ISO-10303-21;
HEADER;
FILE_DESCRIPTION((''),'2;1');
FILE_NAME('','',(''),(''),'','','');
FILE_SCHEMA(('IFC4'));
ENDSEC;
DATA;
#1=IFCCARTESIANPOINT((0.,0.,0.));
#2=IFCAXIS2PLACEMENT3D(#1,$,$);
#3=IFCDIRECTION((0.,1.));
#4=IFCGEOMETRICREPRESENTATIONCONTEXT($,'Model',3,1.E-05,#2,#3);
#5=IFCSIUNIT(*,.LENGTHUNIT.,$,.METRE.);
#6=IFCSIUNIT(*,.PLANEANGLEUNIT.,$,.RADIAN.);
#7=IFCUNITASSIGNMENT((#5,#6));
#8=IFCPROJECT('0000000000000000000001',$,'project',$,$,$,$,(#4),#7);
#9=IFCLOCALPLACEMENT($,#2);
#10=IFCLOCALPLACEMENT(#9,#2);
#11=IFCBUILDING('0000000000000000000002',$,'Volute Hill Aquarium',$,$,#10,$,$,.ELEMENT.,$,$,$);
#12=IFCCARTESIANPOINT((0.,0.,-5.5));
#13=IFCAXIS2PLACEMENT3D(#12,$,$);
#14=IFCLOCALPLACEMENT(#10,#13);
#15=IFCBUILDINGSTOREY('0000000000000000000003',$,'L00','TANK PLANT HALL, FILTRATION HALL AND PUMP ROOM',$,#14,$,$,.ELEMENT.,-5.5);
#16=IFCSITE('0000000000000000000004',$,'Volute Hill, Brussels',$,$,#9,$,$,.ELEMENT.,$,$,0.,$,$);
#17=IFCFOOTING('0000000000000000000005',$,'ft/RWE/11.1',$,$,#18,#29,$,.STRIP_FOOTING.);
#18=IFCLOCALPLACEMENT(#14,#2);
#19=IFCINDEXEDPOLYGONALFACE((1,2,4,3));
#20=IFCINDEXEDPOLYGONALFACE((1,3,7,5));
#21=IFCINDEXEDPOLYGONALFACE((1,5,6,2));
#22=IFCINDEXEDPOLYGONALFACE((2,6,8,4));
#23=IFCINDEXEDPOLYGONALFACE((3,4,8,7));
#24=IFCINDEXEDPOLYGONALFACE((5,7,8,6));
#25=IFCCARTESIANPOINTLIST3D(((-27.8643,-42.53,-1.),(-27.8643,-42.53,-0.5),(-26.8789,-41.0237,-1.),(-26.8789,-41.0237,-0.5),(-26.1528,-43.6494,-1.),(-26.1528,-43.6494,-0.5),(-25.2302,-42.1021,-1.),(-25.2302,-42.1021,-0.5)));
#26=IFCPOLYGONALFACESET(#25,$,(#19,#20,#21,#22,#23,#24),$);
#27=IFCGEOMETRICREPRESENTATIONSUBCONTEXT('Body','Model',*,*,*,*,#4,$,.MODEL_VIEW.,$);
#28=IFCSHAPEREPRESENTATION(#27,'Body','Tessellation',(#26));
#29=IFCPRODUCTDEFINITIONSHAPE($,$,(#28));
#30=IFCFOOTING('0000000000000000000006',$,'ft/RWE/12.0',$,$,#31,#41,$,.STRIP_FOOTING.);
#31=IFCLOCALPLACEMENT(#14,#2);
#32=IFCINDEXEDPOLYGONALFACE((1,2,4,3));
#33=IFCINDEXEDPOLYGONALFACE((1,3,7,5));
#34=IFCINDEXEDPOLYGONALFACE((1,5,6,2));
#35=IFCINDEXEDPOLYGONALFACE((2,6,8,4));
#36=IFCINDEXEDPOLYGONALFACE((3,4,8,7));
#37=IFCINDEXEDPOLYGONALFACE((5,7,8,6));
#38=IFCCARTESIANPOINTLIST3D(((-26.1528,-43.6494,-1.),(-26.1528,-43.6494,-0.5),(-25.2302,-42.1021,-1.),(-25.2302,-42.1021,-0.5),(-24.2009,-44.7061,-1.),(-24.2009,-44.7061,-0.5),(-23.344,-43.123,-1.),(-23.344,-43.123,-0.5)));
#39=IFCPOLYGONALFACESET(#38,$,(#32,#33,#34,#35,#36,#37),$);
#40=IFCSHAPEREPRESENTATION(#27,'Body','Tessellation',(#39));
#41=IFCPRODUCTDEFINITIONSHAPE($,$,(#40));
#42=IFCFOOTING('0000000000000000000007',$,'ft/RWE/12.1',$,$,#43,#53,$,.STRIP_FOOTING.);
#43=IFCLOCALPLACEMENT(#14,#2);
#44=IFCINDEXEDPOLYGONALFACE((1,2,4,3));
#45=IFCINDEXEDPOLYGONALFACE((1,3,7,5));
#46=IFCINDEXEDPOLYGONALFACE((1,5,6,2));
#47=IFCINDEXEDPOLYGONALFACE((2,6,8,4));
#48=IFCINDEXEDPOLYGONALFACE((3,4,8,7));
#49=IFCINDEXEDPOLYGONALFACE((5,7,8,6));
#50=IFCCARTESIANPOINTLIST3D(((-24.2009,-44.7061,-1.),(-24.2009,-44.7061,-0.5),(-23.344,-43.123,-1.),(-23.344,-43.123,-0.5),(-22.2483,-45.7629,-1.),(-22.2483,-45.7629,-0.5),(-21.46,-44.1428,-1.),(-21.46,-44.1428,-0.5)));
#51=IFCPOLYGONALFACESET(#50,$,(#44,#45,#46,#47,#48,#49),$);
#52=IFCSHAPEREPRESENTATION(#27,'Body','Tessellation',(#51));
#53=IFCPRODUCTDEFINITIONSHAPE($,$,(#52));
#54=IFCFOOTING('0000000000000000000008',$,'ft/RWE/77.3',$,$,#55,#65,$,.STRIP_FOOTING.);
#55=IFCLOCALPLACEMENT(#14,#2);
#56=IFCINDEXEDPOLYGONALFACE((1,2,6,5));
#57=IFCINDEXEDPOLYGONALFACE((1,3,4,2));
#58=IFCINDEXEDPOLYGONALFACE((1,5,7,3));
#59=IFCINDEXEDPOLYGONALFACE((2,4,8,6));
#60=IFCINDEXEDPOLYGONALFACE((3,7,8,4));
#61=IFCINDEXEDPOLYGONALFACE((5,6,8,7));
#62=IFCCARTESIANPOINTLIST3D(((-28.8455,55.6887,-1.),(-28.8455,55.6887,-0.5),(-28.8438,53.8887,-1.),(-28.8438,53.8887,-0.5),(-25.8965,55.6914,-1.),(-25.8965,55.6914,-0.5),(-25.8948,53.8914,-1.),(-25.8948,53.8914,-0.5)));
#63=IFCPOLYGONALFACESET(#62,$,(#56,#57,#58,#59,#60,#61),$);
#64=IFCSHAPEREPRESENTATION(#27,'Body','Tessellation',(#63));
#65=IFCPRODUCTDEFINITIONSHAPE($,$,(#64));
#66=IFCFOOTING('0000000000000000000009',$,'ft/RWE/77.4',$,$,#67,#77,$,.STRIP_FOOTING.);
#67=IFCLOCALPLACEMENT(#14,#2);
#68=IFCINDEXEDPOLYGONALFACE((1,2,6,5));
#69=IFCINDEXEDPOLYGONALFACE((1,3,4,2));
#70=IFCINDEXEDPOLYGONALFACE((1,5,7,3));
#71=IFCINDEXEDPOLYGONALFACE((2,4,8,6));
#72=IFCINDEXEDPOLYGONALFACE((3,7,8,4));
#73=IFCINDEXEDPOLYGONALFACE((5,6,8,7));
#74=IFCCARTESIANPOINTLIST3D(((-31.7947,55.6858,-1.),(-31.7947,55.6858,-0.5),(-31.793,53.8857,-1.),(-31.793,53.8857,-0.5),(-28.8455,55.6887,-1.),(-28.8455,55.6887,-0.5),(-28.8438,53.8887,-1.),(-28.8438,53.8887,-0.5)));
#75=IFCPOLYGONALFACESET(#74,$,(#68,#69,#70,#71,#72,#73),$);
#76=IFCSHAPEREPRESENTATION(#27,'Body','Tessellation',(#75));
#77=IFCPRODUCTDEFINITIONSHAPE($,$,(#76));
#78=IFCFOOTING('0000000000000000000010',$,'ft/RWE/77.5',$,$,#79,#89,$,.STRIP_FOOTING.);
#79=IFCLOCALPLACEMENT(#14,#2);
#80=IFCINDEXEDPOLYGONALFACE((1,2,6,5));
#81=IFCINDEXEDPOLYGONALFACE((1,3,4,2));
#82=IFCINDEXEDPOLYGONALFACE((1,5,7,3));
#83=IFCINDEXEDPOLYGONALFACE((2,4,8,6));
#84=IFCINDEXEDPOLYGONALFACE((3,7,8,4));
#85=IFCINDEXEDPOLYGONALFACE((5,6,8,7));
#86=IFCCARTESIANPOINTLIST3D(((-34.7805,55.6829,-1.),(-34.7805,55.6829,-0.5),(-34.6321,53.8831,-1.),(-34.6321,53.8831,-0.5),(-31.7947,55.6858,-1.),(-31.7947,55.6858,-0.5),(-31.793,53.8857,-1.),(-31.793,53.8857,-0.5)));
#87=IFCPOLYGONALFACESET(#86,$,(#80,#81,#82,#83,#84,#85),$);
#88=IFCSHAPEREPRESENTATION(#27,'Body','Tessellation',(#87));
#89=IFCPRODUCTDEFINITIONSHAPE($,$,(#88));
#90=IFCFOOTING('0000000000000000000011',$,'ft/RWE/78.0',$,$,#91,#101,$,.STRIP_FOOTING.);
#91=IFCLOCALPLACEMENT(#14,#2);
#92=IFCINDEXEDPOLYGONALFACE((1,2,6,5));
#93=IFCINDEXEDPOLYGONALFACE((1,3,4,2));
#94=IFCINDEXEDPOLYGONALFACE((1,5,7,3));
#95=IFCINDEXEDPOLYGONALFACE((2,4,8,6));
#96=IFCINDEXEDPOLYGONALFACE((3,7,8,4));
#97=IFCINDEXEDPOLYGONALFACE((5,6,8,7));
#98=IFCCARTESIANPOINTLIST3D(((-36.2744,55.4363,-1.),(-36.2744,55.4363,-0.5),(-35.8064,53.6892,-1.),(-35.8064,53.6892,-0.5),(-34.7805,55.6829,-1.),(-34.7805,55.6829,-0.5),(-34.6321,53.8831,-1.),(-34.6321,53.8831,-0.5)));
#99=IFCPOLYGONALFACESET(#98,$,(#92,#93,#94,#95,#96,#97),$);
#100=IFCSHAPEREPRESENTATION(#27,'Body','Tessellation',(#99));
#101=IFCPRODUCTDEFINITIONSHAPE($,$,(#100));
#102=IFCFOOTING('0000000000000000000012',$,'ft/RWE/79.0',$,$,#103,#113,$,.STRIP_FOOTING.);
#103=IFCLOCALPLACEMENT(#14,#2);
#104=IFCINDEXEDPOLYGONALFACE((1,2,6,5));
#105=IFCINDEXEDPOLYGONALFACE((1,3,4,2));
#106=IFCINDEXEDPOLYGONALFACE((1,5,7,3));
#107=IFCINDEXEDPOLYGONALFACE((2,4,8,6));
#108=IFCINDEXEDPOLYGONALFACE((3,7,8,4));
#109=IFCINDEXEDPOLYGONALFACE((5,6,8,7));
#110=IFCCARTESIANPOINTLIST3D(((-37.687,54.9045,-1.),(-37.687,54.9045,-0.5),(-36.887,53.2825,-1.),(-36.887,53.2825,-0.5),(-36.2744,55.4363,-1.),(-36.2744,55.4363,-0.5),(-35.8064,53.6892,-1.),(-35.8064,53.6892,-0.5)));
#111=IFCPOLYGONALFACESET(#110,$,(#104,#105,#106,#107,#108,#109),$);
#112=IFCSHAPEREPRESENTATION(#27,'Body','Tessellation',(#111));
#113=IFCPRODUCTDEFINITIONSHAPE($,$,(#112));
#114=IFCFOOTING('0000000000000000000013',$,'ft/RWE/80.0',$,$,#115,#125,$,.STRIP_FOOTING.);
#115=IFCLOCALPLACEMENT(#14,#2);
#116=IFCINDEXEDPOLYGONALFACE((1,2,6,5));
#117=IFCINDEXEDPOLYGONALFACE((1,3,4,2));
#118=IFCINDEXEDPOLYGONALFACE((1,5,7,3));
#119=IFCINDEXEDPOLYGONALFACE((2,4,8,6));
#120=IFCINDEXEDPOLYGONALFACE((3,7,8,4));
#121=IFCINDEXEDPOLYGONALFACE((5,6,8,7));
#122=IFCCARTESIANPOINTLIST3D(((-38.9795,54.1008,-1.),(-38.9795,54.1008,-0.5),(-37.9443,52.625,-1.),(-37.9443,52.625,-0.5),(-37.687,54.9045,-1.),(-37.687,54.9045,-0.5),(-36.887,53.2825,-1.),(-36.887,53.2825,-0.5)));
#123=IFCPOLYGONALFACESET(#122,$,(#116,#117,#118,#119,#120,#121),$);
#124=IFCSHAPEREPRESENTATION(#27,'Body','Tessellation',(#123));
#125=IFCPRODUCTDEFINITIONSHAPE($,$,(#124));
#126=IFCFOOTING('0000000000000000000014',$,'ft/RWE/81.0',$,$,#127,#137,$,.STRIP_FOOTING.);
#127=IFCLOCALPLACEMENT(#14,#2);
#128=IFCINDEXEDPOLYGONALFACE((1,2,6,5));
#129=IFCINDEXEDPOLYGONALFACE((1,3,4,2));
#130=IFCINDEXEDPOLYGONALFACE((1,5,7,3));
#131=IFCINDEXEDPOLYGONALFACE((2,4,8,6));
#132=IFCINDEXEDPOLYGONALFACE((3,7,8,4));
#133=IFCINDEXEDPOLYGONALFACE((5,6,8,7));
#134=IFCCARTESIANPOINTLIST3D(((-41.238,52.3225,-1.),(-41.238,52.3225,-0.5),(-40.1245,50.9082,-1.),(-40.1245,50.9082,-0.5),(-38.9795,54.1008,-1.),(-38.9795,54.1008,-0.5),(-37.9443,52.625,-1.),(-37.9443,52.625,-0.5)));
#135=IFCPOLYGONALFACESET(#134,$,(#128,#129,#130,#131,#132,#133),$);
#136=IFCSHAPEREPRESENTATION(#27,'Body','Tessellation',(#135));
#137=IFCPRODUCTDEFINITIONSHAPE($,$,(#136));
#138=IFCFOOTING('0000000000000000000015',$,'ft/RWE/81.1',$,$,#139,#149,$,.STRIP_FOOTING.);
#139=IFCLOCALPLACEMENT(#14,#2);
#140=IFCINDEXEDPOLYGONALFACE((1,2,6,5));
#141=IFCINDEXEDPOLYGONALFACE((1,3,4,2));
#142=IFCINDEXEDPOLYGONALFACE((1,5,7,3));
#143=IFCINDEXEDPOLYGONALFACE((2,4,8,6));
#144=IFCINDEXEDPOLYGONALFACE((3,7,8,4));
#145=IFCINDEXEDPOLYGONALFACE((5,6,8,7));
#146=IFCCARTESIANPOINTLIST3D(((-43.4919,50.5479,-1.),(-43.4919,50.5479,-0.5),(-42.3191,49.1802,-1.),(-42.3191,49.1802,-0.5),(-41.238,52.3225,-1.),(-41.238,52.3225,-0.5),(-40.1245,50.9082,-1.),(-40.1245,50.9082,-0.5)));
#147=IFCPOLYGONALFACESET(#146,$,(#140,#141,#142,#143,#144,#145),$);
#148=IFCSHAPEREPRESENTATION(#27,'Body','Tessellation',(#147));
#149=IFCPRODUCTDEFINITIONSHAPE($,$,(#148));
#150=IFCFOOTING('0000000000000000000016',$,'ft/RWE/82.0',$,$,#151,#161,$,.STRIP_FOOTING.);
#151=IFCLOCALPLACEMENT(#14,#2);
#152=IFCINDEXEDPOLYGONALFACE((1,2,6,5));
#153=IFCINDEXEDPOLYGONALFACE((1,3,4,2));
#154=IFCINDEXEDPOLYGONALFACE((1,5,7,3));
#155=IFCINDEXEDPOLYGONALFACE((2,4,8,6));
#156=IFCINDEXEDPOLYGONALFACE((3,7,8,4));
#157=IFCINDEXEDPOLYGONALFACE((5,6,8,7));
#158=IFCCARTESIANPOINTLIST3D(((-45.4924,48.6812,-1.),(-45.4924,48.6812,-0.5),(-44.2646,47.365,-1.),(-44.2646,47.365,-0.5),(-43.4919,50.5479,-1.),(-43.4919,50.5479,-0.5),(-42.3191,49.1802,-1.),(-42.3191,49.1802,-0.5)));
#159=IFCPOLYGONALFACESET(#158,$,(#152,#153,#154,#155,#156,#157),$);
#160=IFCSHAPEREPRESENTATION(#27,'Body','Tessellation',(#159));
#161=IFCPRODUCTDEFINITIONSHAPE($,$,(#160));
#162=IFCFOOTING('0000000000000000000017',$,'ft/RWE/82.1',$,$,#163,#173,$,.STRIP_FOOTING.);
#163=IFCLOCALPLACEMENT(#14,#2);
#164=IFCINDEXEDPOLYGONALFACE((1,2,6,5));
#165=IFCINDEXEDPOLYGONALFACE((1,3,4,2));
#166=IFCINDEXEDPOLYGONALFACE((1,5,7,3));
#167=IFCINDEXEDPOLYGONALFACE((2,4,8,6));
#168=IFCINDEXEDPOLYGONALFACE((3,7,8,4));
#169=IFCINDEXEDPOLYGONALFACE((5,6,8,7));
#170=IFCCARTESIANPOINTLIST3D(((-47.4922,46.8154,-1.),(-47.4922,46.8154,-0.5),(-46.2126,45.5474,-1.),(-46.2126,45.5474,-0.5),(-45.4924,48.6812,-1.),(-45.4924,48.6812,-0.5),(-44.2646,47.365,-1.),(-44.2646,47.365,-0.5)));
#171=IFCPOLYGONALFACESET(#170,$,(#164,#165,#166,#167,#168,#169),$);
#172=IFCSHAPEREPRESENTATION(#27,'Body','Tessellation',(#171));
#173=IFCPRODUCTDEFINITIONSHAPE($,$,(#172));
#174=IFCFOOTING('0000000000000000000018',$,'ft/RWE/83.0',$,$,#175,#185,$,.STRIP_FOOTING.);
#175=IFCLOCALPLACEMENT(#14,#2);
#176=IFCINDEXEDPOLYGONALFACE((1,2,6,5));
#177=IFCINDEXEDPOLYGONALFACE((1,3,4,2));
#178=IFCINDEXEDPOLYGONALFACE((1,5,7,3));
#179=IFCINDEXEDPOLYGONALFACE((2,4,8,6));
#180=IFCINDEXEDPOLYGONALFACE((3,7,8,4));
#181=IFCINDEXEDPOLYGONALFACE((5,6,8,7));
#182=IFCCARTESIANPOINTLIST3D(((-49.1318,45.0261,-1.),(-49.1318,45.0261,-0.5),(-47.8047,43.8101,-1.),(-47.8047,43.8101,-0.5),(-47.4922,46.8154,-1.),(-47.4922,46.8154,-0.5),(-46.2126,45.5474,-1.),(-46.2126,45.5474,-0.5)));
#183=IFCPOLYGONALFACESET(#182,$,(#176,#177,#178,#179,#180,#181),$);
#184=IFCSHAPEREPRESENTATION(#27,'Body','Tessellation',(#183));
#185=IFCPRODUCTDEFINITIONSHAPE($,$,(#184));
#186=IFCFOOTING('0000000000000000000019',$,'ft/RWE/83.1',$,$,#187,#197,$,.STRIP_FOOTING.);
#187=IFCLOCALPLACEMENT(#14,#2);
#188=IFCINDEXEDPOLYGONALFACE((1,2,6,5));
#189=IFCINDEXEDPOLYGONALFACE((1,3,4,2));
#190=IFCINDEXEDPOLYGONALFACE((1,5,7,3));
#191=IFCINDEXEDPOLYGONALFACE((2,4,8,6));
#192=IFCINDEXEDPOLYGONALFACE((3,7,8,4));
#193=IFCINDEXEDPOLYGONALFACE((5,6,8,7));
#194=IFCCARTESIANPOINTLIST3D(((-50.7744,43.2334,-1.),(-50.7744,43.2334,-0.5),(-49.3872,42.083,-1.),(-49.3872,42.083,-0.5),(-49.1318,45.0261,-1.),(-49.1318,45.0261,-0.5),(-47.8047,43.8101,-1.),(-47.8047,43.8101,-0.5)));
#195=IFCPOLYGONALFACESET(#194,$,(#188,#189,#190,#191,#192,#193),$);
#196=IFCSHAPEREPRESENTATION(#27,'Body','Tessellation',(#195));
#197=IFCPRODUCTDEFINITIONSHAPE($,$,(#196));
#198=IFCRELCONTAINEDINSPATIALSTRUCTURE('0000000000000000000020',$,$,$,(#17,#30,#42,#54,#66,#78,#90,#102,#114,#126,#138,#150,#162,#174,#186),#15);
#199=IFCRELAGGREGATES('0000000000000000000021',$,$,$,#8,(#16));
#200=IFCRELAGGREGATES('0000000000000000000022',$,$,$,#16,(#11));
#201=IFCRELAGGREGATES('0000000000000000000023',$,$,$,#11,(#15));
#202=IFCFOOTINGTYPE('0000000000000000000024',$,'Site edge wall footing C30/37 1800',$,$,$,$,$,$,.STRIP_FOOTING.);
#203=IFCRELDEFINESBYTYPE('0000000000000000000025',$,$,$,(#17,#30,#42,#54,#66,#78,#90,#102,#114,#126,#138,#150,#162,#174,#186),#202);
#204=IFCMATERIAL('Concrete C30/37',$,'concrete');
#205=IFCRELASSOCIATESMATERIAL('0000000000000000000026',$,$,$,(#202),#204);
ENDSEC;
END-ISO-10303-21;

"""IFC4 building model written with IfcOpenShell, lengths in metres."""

from ifc_helpers import new_model, si_unit, direction, frame, origin, place, context, subcontext, project, spatial, polyline, outline, extrude, material, type_object, element, save


model = new_model("IFC4")

# Units and contexts
model_context = context("Model", 3, precision=1e-05, world=origin(), true_north=direction((0.0, 1.0)))
body_context = subcontext(model_context, "Body", "Model", "MODEL_VIEW")
ifc_project = project(units=[si_unit("LENGTHUNIT", "METRE"), si_unit("PLANEANGLEUNIT", "RADIAN")], contexts=[model_context])

# Site, building, storey
site_placement = place(None, origin())
site = spatial("IfcSite", under=ifc_project, at=site_placement, Name="Volute Hill, Brussels", CompositionType="ELEMENT", RefElevation=0.0)
building_placement = place(site_placement, origin())
building = spatial("IfcBuilding", under=site, at=building_placement, Name="Volute Hill Aquarium", CompositionType="ELEMENT")
storey_placement = place(building_placement, frame((0.0, 0.0, -5.5)))
storey = spatial("IfcBuildingStorey", under=building, at=storey_placement, Name="L00", Description="TANK PLANT HALL, FILTRATION HALL AND PUMP ROOM", CompositionType="ELEMENT", Elevation=-5.5)

# Footings
ifc_material = material(Name="Concrete C30/37", Category="concrete")
footing_type = type_object("IfcFootingType", Name="Site edge wall footing C30/37 1800", PredefinedType="STRIP_FOOTING", material=ifc_material)
footing_1_placement = place(storey_placement, frame((0.0, 0.0, -1.0)))
element("IfcFooting", 1, at=footing_1_placement, inside=storey, type_object=footing_type, Name="ft/RWE/11.1", PredefinedType="STRIP_FOOTING", context=body_context, shape_type="SweptSolid", body=[
    extrude(outline(polyline([(-26.1528, -43.6494), (-26.1528, -43.6494), (-25.2302, -42.1021), (-26.8789, -41.0237), (-27.8643, -42.53), (-26.1528, -43.6494)])), origin(), (0.0, 0.0, 1.0), 0.5),
])
footing_2_placement = place(storey_placement, frame((0.0, 0.0, -1.0)))
element("IfcFooting", 2, at=footing_2_placement, inside=storey, type_object=footing_type, Name="ft/RWE/12.0", PredefinedType="STRIP_FOOTING", context=body_context, shape_type="SweptSolid", body=[
    extrude(outline(polyline([(-26.1528, -43.6494), (-24.2009, -44.7061), (-23.344, -43.123), (-25.2302, -42.1021), (-25.2302, -42.1021), (-26.1528, -43.6494)])), origin(), (0.0, 0.0, 1.0), 0.5),
])
footing_3_placement = place(storey_placement, frame((0.0, 0.0, -1.0)))
element("IfcFooting", 3, at=footing_3_placement, inside=storey, type_object=footing_type, Name="ft/RWE/12.1", PredefinedType="STRIP_FOOTING", context=body_context, shape_type="SweptSolid", body=[
    extrude(outline(polyline([(-22.2483, -45.7629), (-22.2483, -45.7629), (-21.46, -44.1428), (-21.46, -44.1428), (-23.344, -43.123), (-24.2009, -44.7061), (-22.2483, -45.7629)])), origin(), (0.0, 0.0, 1.0), 0.5),
])
footing_4_placement = place(storey_placement, frame((0.0, 0.0, -1.0)))
element("IfcFooting", 4, at=footing_4_placement, inside=storey, type_object=footing_type, Name="ft/RWE/77.3", PredefinedType="STRIP_FOOTING", context=body_context, shape_type="SweptSolid", body=[
    extrude(outline(polyline([(-25.8965, 55.6914), (-28.8455, 55.6887), (-28.8438, 53.8887), (-25.8948, 53.8914), (-25.8965, 55.6914)])), origin(), (0.0, 0.0, 1.0), 0.5),
])
footing_5_placement = place(storey_placement, frame((0.0, 0.0, -1.0)))
element("IfcFooting", 5, at=footing_5_placement, inside=storey, type_object=footing_type, Name="ft/RWE/77.4", PredefinedType="STRIP_FOOTING", context=body_context, shape_type="SweptSolid", body=[
    extrude(outline(polyline([(-28.8455, 55.6887), (-31.7947, 55.6858), (-31.793, 53.8857), (-28.8438, 53.8887), (-28.8455, 55.6887)])), origin(), (0.0, 0.0, 1.0), 0.5),
])
footing_6_placement = place(storey_placement, frame((0.0, 0.0, -1.0)))
element("IfcFooting", 6, at=footing_6_placement, inside=storey, type_object=footing_type, Name="ft/RWE/77.5", PredefinedType="STRIP_FOOTING", context=body_context, shape_type="SweptSolid", body=[
    extrude(outline(polyline([(-34.7805, 55.6829), (-34.7805, 55.6829), (-34.6321, 53.8831), (-31.793, 53.8857), (-31.7947, 55.6858), (-34.7805, 55.6829)])), origin(), (0.0, 0.0, 1.0), 0.5),
])
footing_7_placement = place(storey_placement, frame((0.0, 0.0, -1.0)))
element("IfcFooting", 7, at=footing_7_placement, inside=storey, type_object=footing_type, Name="ft/RWE/78.0", PredefinedType="STRIP_FOOTING", context=body_context, shape_type="SweptSolid", body=[
    extrude(outline(polyline([(-34.7805, 55.6829), (-36.2744, 55.4363), (-35.8064, 53.6892), (-35.8064, 53.6892), (-34.6321, 53.8831), (-34.6321, 53.8831), (-34.7805, 55.6829)])), origin(), (0.0, 0.0, 1.0), 0.5),
])
footing_8_placement = place(storey_placement, frame((0.0, 0.0, -1.0)))
element("IfcFooting", 8, at=footing_8_placement, inside=storey, type_object=footing_type, Name="ft/RWE/79.0", PredefinedType="STRIP_FOOTING", context=body_context, shape_type="SweptSolid", body=[
    extrude(outline(polyline([(-36.2744, 55.4363), (-37.687, 54.9045), (-36.887, 53.2825), (-35.8064, 53.6892), (-36.2744, 55.4363), (-36.2744, 55.4363)])), origin(), (0.0, 0.0, 1.0), 0.5),
])
footing_9_placement = place(storey_placement, frame((0.0, 0.0, -1.0)))
element("IfcFooting", 9, at=footing_9_placement, inside=storey, type_object=footing_type, Name="ft/RWE/80.0", PredefinedType="STRIP_FOOTING", context=body_context, shape_type="SweptSolid", body=[
    extrude(outline(polyline([(-37.687, 54.9045), (-38.9795, 54.1008), (-37.9443, 52.625), (-37.9443, 52.625), (-36.887, 53.2825), (-36.887, 53.2825), (-37.687, 54.9045)])), origin(), (0.0, 0.0, 1.0), 0.5),
])
footing_10_placement = place(storey_placement, frame((0.0, 0.0, -1.0)))
element("IfcFooting", 10, at=footing_10_placement, inside=storey, type_object=footing_type, Name="ft/RWE/81.0", PredefinedType="STRIP_FOOTING", context=body_context, shape_type="SweptSolid", body=[
    extrude(outline(polyline([(-38.9795, 54.1008), (-41.238, 52.3225), (-40.1245, 50.9082), (-37.9443, 52.625), (-38.9795, 54.1008)])), origin(), (0.0, 0.0, 1.0), 0.5),
])
footing_11_placement = place(storey_placement, frame((0.0, 0.0, -1.0)))
element("IfcFooting", 11, at=footing_11_placement, inside=storey, type_object=footing_type, Name="ft/RWE/81.1", PredefinedType="STRIP_FOOTING", context=body_context, shape_type="SweptSolid", body=[
    extrude(outline(polyline([(-41.238, 52.3225), (-43.4919, 50.5479), (-42.3191, 49.1802), (-40.1245, 50.9082), (-41.238, 52.3225)])), origin(), (0.0, 0.0, 1.0), 0.5),
])
footing_12_placement = place(storey_placement, frame((0.0, 0.0, -1.0)))
element("IfcFooting", 12, at=footing_12_placement, inside=storey, type_object=footing_type, Name="ft/RWE/82.0", PredefinedType="STRIP_FOOTING", context=body_context, shape_type="SweptSolid", body=[
    extrude(outline(polyline([(-43.4919, 50.5479), (-45.4924, 48.6812), (-44.2646, 47.365), (-42.3191, 49.1802), (-42.3191, 49.1802), (-43.4919, 50.5479), (-43.4919, 50.5479)])), origin(), (0.0, 0.0, 1.0), 0.5),
])
footing_13_placement = place(storey_placement, frame((0.0, 0.0, -1.0)))
element("IfcFooting", 13, at=footing_13_placement, inside=storey, type_object=footing_type, Name="ft/RWE/82.1", PredefinedType="STRIP_FOOTING", context=body_context, shape_type="SweptSolid", body=[
    extrude(outline(polyline([(-47.4922, 46.8154), (-47.4922, 46.8154), (-46.2126, 45.5474), (-46.2126, 45.5474), (-44.2646, 47.365), (-45.4924, 48.6812), (-47.4922, 46.8154)])), origin(), (0.0, 0.0, 1.0), 0.5),
])
footing_14_placement = place(storey_placement, frame((0.0, 0.0, -1.0)))
element("IfcFooting", 14, at=footing_14_placement, inside=storey, type_object=footing_type, Name="ft/RWE/83.0", PredefinedType="STRIP_FOOTING", context=body_context, shape_type="SweptSolid", body=[
    extrude(outline(polyline([(-47.4922, 46.8154), (-49.1318, 45.0261), (-47.8047, 43.8101), (-46.2126, 45.5474), (-47.4922, 46.8154)])), origin(), (0.0, 0.0, 1.0), 0.5),
])
footing_15_placement = place(storey_placement, frame((0.0, 0.0, -1.0)))
element("IfcFooting", 15, at=footing_15_placement, inside=storey, type_object=footing_type, Name="ft/RWE/83.1", PredefinedType="STRIP_FOOTING", context=body_context, shape_type="SweptSolid", body=[
    extrude(outline(polyline([(-50.7744, 43.2334), (-50.7744, 43.2334), (-49.3872, 42.083), (-47.8047, 43.8101), (-49.1318, 45.0261), (-50.7744, 43.2334)])), origin(), (0.0, 0.0, 1.0), 0.5),
])

save(model, "model.ifc")
